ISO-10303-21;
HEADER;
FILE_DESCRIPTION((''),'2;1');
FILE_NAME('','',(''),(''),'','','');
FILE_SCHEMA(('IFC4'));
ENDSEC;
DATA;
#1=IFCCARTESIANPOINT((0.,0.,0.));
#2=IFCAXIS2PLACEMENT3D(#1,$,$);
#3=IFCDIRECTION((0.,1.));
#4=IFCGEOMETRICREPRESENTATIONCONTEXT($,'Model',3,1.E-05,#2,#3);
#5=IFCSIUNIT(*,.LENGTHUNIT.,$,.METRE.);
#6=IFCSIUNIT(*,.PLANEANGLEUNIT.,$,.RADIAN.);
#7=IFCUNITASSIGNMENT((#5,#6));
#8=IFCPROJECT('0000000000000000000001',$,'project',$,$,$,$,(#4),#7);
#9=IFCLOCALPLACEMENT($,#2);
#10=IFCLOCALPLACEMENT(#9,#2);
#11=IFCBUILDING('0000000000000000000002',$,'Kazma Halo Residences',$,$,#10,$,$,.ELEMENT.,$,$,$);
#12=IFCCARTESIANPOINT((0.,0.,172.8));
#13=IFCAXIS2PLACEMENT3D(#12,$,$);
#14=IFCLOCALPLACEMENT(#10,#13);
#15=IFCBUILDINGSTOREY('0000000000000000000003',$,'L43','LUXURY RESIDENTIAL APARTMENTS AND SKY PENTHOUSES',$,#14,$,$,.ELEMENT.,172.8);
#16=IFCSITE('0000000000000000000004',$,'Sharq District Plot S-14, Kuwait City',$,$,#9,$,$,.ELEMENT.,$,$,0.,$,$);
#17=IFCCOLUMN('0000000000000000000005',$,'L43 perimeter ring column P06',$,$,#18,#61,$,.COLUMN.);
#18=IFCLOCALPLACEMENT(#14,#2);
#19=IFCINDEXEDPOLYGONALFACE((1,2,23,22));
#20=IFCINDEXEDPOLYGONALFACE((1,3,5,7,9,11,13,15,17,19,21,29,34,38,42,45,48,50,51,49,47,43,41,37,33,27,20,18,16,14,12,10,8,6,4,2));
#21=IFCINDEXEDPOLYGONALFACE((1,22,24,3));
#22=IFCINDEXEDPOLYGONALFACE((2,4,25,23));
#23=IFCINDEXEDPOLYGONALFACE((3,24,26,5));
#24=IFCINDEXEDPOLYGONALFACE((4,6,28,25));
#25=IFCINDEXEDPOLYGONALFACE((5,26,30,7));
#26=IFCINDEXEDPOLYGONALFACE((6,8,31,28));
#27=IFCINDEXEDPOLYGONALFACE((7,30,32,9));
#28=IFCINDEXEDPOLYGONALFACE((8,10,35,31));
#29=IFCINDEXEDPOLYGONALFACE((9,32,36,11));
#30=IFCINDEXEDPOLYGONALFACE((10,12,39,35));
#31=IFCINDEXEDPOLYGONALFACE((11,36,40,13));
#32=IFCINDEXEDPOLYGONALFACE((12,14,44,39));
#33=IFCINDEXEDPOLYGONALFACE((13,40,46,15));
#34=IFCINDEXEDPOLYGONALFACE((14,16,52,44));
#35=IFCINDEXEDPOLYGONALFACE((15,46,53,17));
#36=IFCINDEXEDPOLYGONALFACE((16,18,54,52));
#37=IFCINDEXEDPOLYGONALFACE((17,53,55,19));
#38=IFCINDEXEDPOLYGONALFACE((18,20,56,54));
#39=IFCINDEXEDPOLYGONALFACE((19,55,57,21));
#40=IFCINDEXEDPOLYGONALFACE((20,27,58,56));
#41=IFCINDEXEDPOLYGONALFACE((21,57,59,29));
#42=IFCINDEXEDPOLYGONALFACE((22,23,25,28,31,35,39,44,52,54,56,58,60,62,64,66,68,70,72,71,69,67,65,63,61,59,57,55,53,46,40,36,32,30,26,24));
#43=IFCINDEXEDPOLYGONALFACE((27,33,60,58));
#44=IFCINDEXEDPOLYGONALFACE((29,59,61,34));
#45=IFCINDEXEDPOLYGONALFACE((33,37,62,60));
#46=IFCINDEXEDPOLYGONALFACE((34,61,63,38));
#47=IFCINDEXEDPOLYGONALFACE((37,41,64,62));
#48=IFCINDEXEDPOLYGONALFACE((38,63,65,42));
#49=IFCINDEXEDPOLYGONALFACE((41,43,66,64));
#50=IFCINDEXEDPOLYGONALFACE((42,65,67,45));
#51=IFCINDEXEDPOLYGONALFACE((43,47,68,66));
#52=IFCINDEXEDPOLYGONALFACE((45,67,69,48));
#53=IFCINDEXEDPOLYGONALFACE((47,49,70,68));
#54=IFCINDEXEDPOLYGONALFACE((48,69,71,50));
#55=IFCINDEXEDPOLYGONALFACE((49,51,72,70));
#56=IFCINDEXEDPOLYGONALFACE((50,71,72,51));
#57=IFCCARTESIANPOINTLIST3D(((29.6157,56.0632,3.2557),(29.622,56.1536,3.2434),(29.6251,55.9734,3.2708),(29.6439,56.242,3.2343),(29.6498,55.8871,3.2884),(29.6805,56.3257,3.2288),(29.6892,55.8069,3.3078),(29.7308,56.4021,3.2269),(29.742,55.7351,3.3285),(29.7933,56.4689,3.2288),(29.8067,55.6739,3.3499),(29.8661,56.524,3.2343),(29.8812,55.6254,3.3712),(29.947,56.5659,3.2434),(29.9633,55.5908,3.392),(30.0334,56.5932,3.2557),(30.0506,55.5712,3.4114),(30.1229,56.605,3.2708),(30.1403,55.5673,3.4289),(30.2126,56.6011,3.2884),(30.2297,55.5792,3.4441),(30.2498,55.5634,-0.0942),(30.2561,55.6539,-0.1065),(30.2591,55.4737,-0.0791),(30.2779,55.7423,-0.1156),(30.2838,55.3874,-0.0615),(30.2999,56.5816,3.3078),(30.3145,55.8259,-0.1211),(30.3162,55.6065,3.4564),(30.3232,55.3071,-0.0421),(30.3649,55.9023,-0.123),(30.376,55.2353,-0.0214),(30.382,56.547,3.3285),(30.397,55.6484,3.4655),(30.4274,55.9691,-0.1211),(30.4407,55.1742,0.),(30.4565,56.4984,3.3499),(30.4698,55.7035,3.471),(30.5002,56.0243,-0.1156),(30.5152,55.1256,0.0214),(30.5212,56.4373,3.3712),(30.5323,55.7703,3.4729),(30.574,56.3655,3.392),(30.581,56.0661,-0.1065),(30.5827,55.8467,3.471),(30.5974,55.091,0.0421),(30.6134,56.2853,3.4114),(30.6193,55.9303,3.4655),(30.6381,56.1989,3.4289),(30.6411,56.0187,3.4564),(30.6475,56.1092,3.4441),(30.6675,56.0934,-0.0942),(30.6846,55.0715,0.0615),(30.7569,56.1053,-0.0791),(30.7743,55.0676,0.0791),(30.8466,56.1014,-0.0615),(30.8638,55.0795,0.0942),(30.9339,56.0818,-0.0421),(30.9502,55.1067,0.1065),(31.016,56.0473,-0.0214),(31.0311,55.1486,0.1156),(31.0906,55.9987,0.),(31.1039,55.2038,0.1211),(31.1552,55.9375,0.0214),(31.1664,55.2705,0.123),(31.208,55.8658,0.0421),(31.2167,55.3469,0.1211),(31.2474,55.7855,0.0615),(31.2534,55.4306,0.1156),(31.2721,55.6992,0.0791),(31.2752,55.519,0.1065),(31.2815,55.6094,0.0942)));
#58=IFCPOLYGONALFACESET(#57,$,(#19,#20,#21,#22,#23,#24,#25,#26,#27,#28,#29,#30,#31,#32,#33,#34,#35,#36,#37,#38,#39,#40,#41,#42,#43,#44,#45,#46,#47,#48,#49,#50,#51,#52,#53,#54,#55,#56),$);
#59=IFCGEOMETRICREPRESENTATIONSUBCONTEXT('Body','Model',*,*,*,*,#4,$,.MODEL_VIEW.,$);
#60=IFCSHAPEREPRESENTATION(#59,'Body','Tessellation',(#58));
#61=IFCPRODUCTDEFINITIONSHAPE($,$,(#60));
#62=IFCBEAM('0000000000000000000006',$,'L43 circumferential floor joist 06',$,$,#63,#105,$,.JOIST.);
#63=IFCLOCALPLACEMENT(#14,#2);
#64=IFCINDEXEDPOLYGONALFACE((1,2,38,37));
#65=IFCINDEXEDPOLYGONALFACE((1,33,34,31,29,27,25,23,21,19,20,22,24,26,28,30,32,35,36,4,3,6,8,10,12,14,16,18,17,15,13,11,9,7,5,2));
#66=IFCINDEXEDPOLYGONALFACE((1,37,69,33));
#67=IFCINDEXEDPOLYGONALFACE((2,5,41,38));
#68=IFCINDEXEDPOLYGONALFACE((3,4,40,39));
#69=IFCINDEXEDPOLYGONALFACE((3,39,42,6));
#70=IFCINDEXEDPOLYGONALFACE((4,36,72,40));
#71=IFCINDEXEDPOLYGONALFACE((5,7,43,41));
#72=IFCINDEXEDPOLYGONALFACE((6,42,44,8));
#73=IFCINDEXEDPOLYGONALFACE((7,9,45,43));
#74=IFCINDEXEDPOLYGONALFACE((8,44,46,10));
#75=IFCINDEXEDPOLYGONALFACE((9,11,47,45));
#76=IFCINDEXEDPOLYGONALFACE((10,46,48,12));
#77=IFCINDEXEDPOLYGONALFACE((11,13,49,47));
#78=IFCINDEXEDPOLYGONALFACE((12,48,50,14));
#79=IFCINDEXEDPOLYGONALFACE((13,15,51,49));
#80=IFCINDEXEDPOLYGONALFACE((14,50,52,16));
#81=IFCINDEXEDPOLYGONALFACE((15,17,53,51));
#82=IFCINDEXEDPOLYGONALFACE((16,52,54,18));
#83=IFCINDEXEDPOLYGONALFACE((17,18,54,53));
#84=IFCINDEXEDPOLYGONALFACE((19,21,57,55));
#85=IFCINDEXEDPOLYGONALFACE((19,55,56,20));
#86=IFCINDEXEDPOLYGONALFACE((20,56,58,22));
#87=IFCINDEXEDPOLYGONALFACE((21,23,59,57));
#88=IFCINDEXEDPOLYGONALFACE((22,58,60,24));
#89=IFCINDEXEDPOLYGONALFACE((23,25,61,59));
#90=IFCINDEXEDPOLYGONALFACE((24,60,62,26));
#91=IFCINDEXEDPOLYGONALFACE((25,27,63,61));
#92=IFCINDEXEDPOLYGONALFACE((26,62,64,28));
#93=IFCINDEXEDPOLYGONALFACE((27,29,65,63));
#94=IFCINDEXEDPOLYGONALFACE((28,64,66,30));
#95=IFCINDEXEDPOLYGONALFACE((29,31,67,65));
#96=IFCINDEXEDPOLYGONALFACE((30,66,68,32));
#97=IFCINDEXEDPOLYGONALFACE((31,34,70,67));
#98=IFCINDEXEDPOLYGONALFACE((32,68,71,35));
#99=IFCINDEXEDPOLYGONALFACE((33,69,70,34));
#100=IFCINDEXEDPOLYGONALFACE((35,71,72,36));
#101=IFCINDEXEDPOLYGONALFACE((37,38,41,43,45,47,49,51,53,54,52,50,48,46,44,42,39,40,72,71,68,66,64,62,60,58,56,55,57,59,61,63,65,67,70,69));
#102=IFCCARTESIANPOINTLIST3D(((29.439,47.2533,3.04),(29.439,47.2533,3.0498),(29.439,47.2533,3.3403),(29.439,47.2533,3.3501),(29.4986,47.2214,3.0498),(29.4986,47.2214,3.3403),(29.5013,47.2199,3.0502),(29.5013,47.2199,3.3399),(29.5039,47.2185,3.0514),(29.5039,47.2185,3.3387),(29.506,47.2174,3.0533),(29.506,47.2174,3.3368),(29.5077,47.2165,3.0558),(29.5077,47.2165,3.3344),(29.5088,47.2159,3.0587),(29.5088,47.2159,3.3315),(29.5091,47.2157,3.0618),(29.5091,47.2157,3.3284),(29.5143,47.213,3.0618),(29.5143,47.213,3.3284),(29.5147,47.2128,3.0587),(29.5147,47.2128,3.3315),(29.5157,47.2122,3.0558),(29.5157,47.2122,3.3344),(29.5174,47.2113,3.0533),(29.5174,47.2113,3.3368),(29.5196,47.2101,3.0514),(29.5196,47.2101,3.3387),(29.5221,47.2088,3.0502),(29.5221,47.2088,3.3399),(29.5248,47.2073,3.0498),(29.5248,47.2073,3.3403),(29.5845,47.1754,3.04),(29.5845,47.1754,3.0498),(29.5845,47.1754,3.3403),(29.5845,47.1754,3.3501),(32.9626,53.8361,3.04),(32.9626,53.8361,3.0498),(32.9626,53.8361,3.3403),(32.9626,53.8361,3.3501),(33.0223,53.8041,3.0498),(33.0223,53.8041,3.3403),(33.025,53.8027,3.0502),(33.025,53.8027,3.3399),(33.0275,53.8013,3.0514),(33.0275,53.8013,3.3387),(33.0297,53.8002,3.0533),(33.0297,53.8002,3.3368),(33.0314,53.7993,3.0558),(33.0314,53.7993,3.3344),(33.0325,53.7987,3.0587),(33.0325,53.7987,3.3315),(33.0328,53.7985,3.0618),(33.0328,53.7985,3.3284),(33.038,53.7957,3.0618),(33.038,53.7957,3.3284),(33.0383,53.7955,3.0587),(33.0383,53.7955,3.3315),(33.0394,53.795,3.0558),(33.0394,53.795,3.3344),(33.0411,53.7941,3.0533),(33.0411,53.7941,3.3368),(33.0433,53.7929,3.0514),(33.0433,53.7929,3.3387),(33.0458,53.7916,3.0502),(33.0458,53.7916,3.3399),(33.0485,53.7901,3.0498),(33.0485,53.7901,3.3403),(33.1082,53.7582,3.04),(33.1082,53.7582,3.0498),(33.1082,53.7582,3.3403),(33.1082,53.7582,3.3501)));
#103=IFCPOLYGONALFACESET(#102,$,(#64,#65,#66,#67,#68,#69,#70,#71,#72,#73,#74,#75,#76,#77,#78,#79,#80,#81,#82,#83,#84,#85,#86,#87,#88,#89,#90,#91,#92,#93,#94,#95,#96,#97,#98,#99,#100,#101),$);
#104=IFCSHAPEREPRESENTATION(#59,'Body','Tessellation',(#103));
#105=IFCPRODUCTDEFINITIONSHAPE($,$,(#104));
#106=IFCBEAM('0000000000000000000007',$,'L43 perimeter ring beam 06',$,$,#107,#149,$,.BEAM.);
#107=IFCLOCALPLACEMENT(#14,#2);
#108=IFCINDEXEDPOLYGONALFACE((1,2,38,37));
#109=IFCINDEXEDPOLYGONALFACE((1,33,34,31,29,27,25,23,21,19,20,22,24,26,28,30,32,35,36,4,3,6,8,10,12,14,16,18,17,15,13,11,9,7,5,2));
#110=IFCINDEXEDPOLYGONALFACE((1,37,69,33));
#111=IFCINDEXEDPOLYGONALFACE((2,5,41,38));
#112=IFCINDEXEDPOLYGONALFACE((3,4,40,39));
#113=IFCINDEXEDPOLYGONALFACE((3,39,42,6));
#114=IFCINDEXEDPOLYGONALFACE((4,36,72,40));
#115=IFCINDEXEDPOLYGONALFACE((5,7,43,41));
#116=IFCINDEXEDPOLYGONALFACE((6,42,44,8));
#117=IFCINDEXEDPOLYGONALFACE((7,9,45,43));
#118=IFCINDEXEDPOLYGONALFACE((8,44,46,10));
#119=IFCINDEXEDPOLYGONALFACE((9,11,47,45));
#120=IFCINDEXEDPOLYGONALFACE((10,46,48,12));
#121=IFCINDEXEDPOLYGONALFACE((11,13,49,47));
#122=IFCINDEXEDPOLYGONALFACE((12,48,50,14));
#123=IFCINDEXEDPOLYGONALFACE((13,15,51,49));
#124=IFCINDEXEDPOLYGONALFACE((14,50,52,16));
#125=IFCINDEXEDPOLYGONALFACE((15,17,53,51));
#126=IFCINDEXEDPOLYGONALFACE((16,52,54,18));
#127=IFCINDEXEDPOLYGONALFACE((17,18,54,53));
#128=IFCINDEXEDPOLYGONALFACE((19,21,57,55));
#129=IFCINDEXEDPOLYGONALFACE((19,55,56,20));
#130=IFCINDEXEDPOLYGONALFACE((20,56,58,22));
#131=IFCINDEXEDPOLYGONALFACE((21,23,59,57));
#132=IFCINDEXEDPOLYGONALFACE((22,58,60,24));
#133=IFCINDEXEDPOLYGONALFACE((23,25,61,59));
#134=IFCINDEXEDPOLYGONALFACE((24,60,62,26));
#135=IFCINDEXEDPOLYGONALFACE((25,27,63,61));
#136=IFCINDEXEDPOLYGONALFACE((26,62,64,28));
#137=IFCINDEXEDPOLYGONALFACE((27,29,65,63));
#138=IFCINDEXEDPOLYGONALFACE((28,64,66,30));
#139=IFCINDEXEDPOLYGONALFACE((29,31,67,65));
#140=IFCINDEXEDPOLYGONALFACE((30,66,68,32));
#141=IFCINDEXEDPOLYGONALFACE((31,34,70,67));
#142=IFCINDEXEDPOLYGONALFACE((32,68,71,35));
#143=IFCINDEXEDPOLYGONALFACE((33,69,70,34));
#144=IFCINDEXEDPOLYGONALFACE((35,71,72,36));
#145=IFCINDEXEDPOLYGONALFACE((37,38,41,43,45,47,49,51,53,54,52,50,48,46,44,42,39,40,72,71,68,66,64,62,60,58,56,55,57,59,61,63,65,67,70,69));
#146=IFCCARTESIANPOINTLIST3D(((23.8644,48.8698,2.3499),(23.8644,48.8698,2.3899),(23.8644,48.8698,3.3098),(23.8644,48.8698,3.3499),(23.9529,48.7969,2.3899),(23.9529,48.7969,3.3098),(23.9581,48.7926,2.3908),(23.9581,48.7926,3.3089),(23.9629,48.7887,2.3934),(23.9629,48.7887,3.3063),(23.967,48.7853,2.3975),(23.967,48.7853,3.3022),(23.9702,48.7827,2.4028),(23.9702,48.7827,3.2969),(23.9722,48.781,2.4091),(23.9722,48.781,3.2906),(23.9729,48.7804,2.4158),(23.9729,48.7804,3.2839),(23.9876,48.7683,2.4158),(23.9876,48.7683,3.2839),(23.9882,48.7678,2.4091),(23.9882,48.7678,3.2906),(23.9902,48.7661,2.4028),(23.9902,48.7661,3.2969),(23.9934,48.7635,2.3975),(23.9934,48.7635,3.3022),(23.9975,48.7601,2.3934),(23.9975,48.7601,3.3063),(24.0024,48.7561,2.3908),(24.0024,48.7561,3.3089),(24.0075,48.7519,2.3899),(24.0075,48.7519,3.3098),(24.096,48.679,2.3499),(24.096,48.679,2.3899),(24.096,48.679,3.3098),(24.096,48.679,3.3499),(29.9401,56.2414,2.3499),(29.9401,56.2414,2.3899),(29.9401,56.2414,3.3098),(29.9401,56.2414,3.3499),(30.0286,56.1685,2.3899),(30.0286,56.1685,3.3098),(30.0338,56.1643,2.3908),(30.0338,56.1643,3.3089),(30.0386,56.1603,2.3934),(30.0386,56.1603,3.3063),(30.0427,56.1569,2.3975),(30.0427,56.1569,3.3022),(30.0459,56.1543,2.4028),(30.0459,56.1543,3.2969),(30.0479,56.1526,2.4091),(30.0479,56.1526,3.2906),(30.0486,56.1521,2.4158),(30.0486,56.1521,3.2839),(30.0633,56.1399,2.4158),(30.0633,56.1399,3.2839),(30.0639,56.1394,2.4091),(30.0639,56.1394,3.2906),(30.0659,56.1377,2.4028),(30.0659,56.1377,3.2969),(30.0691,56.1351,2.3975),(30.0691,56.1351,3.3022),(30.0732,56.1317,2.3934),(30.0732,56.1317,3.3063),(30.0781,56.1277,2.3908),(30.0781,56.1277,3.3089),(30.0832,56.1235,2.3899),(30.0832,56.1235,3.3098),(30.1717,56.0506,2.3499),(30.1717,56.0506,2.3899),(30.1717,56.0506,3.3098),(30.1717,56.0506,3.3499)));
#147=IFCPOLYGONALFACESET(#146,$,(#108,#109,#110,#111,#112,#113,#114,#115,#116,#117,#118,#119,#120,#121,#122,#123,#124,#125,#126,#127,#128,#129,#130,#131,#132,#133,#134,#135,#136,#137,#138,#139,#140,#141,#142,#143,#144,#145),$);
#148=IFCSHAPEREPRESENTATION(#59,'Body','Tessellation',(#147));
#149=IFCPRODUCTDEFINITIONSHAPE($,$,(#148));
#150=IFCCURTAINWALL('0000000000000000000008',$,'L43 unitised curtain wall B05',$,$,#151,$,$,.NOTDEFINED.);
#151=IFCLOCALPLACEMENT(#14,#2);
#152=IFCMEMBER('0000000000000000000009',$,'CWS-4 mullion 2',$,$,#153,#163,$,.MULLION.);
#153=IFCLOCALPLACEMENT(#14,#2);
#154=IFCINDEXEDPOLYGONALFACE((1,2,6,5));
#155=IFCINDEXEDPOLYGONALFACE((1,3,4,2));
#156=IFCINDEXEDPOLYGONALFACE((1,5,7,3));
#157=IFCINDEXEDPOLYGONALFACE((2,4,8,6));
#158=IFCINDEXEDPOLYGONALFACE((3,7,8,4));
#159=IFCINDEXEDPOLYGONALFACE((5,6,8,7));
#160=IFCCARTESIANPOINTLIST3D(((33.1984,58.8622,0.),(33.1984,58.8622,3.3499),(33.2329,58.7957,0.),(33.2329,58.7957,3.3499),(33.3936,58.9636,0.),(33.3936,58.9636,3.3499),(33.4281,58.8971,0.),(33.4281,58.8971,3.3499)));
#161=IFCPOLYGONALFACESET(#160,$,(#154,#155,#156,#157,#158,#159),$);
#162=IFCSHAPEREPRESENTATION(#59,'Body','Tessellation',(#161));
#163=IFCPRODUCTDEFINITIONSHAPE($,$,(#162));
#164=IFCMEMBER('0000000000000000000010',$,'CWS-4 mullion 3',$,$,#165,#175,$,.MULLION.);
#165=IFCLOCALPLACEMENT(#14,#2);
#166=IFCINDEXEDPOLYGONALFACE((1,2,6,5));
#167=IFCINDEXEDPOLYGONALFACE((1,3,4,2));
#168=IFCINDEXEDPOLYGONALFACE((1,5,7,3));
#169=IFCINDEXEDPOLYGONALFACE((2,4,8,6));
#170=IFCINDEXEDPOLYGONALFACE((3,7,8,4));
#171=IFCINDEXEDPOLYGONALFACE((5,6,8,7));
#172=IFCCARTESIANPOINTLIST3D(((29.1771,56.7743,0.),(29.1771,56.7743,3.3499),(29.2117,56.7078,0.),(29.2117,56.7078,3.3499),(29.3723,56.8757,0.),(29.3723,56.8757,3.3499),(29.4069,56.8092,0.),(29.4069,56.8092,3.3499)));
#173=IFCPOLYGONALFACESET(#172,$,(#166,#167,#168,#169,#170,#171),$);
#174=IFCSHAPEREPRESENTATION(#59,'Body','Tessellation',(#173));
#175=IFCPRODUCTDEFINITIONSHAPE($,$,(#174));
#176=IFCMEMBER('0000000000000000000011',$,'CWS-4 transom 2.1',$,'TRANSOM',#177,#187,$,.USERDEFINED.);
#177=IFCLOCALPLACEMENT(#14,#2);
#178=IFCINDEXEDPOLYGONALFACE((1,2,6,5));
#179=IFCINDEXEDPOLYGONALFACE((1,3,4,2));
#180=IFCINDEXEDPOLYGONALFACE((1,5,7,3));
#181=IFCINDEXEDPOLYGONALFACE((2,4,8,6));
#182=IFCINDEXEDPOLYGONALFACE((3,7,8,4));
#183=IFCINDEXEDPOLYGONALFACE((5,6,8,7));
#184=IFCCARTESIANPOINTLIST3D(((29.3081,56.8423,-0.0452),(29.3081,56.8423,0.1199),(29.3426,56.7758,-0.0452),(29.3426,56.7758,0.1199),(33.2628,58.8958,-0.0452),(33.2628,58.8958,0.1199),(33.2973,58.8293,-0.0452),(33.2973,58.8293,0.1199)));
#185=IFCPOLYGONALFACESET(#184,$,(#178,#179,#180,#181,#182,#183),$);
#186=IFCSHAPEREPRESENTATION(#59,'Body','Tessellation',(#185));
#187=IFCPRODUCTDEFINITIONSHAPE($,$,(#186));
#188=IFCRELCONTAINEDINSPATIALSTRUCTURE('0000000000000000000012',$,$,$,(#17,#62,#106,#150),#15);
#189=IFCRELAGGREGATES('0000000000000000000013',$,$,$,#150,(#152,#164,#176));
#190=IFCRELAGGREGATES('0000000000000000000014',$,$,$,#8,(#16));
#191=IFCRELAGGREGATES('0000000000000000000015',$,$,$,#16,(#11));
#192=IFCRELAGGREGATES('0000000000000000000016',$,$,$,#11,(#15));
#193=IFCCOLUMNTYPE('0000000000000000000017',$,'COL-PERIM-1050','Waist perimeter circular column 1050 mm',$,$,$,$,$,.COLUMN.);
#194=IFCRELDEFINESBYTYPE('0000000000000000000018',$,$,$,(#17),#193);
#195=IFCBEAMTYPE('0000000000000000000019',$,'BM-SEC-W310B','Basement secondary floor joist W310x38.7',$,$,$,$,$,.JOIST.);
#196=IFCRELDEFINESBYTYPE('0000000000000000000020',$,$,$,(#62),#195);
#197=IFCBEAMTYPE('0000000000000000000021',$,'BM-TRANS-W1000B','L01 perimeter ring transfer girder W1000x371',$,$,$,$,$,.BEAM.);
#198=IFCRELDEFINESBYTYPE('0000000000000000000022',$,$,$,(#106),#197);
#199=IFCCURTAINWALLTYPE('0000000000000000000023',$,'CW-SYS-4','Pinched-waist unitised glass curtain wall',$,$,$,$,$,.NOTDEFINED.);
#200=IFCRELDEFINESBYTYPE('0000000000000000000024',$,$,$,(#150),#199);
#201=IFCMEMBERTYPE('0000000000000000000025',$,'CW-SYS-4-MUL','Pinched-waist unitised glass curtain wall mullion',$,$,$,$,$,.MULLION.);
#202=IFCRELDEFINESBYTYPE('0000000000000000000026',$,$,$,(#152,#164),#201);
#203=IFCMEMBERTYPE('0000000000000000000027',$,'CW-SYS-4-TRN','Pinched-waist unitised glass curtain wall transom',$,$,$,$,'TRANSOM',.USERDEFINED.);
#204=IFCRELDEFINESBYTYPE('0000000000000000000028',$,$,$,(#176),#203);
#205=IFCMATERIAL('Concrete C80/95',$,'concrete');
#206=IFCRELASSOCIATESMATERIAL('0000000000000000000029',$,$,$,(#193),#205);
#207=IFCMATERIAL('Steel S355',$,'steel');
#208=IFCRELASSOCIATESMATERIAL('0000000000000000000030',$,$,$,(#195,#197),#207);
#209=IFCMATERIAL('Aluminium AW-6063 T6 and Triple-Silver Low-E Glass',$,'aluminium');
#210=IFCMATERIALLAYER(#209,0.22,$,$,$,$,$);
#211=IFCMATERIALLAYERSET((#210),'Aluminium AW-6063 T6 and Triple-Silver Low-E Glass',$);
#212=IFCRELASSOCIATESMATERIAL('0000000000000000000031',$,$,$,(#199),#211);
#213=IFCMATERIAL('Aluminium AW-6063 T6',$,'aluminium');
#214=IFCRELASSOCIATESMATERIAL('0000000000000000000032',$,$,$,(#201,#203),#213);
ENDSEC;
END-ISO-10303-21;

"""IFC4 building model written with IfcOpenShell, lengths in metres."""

from ifc_helpers import new_model, si_unit, direction, frame, origin, origin_2d, place, context, subcontext, project, spatial, rectangle, circle, i_section, extrude, material, layer, layer_set, material_profile, profile_set, type_object, element, aggregate, save


model = new_model("IFC4")

# Units and contexts
model_context = context("Model", 3, precision=1e-05, world=origin(), true_north=direction((0.0, 1.0)))
body_context = subcontext(model_context, "Body", "Model", "MODEL_VIEW")
ifc_project = project(units=[si_unit("LENGTHUNIT", "METRE"), si_unit("PLANEANGLEUNIT", "RADIAN")], contexts=[model_context])

# Site, building, storey
site_placement = place(None, origin())
site = spatial("IfcSite", under=ifc_project, at=site_placement, Name="Sharq District Plot S-14, Kuwait City", CompositionType="ELEMENT", RefElevation=0.0)
building_placement = place(site_placement, origin())
building = spatial("IfcBuilding", under=site, at=building_placement, Name="Kazma Halo Residences", CompositionType="ELEMENT")
storey_placement = place(building_placement, frame((0.0, 0.0, 172.8)))
storey = spatial("IfcBuildingStorey", under=building, at=storey_placement, Name="L43", Description="LUXURY RESIDENTIAL APARTMENTS AND SKY PENTHOUSES", CompositionType="ELEMENT", Elevation=172.8)

# Column
ifc_material_1 = material(Name="Concrete C80/95", Category="concrete")
ifc_material_profile_1 = material_profile(ifc_material_1, circle(Radius=0.5249, at=origin_2d()), Name="CIRC1050")
ifc_profile_set_1 = profile_set([ifc_material_profile_1], Name="Concrete C80/95")
column_type = type_object("IfcColumnType", Name="COL-PERIM-1050", Description="Waist perimeter circular column 1050 mm", PredefinedType="COLUMN", material=ifc_profile_set_1)
column_placement = place(storey_placement, frame((30.7656, 55.5864, 0.0), z_axis=(-0.184004, 0.145035, 0.972166), x_axis=(-0.619036, -0.785362, 0.0)))
element("IfcColumn", 1, at=column_placement, inside=storey, type_object=column_type, Name="L43 perimeter ring column P06", PredefinedType="COLUMN", context=body_context, shape_type="SweptSolid", body=[
    extrude(circle(Radius=0.5249, at=origin_2d()), origin(), (0.0, 0.0, 1.0), 3.4458),
])

# Beams
ifc_material_2 = material(Name="Steel S355", Category="steel")
ifc_material_profile_2 = material_profile(ifc_material_2, i_section(OverallWidth=0.165, OverallDepth=0.3101, WebThickness=0.0059, FlangeThickness=0.0098, FilletRadius=0.012, at=origin_2d()), Name="W310x38.7")
ifc_profile_set_2 = profile_set([ifc_material_profile_2], Name="Steel S355")
beam_type_1 = type_object("IfcBeamType", Name="BM-SEC-W310B", Description="Basement secondary floor joist W310x38.7", PredefinedType="JOIST", material=ifc_profile_set_2)
beam_1_placement = place(storey_placement, frame((33.0354, 53.7971, 3.1951), z_axis=(-0.47193, -0.881636, 0.0), x_axis=(0.881636, -0.47193, 0.0)))
element("IfcBeam", 2, at=beam_1_placement, inside=storey, type_object=beam_type_1, Name="L43 circumferential floor joist 06", PredefinedType="JOIST", context=body_context, shape_type="SweptSolid", body=[
    extrude(i_section(OverallWidth=0.165, OverallDepth=0.3101, WebThickness=0.0059, FlangeThickness=0.0098, FilletRadius=0.012, at=origin_2d()), origin(), (0.0, 0.0, 1.0), 7.4666),
])
ifc_material_profile_3 = material_profile(ifc_material_2, i_section(OverallWidth=0.3, OverallDepth=1.0, WebThickness=0.019, FlangeThickness=0.04, FilletRadius=0.0259, at=origin_2d()), Name="W1000x371")
ifc_profile_set_3 = profile_set([ifc_material_profile_3], Name="Steel S355")
beam_type_2 = type_object("IfcBeamType", Name="BM-TRANS-W1000B", Description="L01 perimeter ring transfer girder W1000x371", PredefinedType="BEAM", material=ifc_profile_set_3)
beam_2_placement = place(storey_placement, frame((30.0559, 56.146, 2.8499), z_axis=(-0.636017, -0.771675, 0.0), x_axis=(0.771675, -0.636017, 0.0)))
element("IfcBeam", 3, at=beam_2_placement, inside=storey, type_object=beam_type_2, Name="L43 perimeter ring beam 06", PredefinedType="BEAM", context=body_context, shape_type="SweptSolid", body=[
    extrude(i_section(OverallWidth=0.3, OverallDepth=1.0, WebThickness=0.019, FlangeThickness=0.04, FilletRadius=0.0259, at=origin_2d()), origin(), (0.0, 0.0, 1.0), 9.5527),
])

# Curtain wall, members
ifc_material_3 = material(Name="Aluminium AW-6063 T6 and Triple-Silver Low-E Glass", Category="aluminium")
ifc_layer_1 = layer(ifc_material_3, 0.22)
ifc_layer_set_1 = layer_set([ifc_layer_1], Name="Aluminium AW-6063 T6 and Triple-Silver Low-E Glass")
curtain_wall_type = type_object("IfcCurtainWallType", Name="CW-SYS-4", Description="Pinched-waist unitised glass curtain wall", PredefinedType="NOTDEFINED", material=ifc_layer_set_1)
curtain_wall_placement = place(storey_placement, origin())
curtain_wall = element("IfcCurtainWall", 4, at=curtain_wall_placement, inside=storey, type_object=curtain_wall_type, Name="L43 unitised curtain wall B05", PredefinedType="NOTDEFINED")
ifc_material_4 = material(Name="Aluminium AW-6063 T6", Category="aluminium")
ifc_material_profile_4 = material_profile(ifc_material_4, rectangle(XDim=0.075, YDim=0.22, at=origin_2d()), Name="CWM-75x220")
ifc_profile_set_4 = profile_set([ifc_material_profile_4], Name="Aluminium AW-6063 T6")
member_type_1 = type_object("IfcMemberType", Name="CW-SYS-4-MUL", Description="Pinched-waist unitised glass curtain wall mullion", PredefinedType="MULLION", material=ifc_profile_set_4)
member_1_placement = place(storey_placement, frame((33.3132, 58.8796, 0.0), z_axis=(0.0, 0.0, 1.0), x_axis=(0.460837, -0.887485, 0.0)))
member_1 = element("IfcMember", 5, at=member_1_placement, type_object=member_type_1, Name="CWS-4 mullion 2", PredefinedType="MULLION", context=body_context, shape_type="SweptSolid", body=[
    extrude(rectangle(XDim=0.075, YDim=0.22, at=origin_2d()), origin(), (0.0, 0.0, 1.0), 3.3499),
])
member_2_placement = place(storey_placement, frame((29.292, 56.7917, 0.0), z_axis=(0.0, 0.0, 1.0), x_axis=(0.460837, -0.887485, 0.0)))
member_2 = element("IfcMember", 6, at=member_2_placement, type_object=member_type_1, Name="CWS-4 mullion 3", PredefinedType="MULLION", context=body_context, shape_type="SweptSolid", body=[
    extrude(rectangle(XDim=0.075, YDim=0.22, at=origin_2d()), origin(), (0.0, 0.0, 1.0), 3.3499),
])
ifc_material_profile_5 = material_profile(ifc_material_4, rectangle(XDim=0.075, YDim=0.165, at=origin_2d()), Name="CWT-75x165")
ifc_profile_set_5 = profile_set([ifc_material_profile_5], Name="Aluminium AW-6063 T6")
member_type_2 = type_object("IfcMemberType", Name="CW-SYS-4-TRN", Description="Pinched-waist unitised glass curtain wall transom", ElementType="TRANSOM", PredefinedType="USERDEFINED", material=ifc_profile_set_5)
member_3_placement = place(storey_placement, frame((33.28, 58.8625, 0.0374), z_axis=(-0.887485, -0.460837, 0.0), x_axis=(0.460837, -0.887485, 0.0)))
member_3 = element("IfcMember", 7, at=member_3_placement, type_object=member_type_2, Name="CWS-4 transom 2.1", ObjectType="TRANSOM", PredefinedType="USERDEFINED", context=body_context, shape_type="SweptSolid", body=[
    extrude(rectangle(XDim=0.075, YDim=0.165, at=origin_2d()), origin(), (0.0, 0.0, 1.0), 4.4561),
])
aggregate(curtain_wall, [member_1, member_2, member_3])

save(model, "model.ifc")
